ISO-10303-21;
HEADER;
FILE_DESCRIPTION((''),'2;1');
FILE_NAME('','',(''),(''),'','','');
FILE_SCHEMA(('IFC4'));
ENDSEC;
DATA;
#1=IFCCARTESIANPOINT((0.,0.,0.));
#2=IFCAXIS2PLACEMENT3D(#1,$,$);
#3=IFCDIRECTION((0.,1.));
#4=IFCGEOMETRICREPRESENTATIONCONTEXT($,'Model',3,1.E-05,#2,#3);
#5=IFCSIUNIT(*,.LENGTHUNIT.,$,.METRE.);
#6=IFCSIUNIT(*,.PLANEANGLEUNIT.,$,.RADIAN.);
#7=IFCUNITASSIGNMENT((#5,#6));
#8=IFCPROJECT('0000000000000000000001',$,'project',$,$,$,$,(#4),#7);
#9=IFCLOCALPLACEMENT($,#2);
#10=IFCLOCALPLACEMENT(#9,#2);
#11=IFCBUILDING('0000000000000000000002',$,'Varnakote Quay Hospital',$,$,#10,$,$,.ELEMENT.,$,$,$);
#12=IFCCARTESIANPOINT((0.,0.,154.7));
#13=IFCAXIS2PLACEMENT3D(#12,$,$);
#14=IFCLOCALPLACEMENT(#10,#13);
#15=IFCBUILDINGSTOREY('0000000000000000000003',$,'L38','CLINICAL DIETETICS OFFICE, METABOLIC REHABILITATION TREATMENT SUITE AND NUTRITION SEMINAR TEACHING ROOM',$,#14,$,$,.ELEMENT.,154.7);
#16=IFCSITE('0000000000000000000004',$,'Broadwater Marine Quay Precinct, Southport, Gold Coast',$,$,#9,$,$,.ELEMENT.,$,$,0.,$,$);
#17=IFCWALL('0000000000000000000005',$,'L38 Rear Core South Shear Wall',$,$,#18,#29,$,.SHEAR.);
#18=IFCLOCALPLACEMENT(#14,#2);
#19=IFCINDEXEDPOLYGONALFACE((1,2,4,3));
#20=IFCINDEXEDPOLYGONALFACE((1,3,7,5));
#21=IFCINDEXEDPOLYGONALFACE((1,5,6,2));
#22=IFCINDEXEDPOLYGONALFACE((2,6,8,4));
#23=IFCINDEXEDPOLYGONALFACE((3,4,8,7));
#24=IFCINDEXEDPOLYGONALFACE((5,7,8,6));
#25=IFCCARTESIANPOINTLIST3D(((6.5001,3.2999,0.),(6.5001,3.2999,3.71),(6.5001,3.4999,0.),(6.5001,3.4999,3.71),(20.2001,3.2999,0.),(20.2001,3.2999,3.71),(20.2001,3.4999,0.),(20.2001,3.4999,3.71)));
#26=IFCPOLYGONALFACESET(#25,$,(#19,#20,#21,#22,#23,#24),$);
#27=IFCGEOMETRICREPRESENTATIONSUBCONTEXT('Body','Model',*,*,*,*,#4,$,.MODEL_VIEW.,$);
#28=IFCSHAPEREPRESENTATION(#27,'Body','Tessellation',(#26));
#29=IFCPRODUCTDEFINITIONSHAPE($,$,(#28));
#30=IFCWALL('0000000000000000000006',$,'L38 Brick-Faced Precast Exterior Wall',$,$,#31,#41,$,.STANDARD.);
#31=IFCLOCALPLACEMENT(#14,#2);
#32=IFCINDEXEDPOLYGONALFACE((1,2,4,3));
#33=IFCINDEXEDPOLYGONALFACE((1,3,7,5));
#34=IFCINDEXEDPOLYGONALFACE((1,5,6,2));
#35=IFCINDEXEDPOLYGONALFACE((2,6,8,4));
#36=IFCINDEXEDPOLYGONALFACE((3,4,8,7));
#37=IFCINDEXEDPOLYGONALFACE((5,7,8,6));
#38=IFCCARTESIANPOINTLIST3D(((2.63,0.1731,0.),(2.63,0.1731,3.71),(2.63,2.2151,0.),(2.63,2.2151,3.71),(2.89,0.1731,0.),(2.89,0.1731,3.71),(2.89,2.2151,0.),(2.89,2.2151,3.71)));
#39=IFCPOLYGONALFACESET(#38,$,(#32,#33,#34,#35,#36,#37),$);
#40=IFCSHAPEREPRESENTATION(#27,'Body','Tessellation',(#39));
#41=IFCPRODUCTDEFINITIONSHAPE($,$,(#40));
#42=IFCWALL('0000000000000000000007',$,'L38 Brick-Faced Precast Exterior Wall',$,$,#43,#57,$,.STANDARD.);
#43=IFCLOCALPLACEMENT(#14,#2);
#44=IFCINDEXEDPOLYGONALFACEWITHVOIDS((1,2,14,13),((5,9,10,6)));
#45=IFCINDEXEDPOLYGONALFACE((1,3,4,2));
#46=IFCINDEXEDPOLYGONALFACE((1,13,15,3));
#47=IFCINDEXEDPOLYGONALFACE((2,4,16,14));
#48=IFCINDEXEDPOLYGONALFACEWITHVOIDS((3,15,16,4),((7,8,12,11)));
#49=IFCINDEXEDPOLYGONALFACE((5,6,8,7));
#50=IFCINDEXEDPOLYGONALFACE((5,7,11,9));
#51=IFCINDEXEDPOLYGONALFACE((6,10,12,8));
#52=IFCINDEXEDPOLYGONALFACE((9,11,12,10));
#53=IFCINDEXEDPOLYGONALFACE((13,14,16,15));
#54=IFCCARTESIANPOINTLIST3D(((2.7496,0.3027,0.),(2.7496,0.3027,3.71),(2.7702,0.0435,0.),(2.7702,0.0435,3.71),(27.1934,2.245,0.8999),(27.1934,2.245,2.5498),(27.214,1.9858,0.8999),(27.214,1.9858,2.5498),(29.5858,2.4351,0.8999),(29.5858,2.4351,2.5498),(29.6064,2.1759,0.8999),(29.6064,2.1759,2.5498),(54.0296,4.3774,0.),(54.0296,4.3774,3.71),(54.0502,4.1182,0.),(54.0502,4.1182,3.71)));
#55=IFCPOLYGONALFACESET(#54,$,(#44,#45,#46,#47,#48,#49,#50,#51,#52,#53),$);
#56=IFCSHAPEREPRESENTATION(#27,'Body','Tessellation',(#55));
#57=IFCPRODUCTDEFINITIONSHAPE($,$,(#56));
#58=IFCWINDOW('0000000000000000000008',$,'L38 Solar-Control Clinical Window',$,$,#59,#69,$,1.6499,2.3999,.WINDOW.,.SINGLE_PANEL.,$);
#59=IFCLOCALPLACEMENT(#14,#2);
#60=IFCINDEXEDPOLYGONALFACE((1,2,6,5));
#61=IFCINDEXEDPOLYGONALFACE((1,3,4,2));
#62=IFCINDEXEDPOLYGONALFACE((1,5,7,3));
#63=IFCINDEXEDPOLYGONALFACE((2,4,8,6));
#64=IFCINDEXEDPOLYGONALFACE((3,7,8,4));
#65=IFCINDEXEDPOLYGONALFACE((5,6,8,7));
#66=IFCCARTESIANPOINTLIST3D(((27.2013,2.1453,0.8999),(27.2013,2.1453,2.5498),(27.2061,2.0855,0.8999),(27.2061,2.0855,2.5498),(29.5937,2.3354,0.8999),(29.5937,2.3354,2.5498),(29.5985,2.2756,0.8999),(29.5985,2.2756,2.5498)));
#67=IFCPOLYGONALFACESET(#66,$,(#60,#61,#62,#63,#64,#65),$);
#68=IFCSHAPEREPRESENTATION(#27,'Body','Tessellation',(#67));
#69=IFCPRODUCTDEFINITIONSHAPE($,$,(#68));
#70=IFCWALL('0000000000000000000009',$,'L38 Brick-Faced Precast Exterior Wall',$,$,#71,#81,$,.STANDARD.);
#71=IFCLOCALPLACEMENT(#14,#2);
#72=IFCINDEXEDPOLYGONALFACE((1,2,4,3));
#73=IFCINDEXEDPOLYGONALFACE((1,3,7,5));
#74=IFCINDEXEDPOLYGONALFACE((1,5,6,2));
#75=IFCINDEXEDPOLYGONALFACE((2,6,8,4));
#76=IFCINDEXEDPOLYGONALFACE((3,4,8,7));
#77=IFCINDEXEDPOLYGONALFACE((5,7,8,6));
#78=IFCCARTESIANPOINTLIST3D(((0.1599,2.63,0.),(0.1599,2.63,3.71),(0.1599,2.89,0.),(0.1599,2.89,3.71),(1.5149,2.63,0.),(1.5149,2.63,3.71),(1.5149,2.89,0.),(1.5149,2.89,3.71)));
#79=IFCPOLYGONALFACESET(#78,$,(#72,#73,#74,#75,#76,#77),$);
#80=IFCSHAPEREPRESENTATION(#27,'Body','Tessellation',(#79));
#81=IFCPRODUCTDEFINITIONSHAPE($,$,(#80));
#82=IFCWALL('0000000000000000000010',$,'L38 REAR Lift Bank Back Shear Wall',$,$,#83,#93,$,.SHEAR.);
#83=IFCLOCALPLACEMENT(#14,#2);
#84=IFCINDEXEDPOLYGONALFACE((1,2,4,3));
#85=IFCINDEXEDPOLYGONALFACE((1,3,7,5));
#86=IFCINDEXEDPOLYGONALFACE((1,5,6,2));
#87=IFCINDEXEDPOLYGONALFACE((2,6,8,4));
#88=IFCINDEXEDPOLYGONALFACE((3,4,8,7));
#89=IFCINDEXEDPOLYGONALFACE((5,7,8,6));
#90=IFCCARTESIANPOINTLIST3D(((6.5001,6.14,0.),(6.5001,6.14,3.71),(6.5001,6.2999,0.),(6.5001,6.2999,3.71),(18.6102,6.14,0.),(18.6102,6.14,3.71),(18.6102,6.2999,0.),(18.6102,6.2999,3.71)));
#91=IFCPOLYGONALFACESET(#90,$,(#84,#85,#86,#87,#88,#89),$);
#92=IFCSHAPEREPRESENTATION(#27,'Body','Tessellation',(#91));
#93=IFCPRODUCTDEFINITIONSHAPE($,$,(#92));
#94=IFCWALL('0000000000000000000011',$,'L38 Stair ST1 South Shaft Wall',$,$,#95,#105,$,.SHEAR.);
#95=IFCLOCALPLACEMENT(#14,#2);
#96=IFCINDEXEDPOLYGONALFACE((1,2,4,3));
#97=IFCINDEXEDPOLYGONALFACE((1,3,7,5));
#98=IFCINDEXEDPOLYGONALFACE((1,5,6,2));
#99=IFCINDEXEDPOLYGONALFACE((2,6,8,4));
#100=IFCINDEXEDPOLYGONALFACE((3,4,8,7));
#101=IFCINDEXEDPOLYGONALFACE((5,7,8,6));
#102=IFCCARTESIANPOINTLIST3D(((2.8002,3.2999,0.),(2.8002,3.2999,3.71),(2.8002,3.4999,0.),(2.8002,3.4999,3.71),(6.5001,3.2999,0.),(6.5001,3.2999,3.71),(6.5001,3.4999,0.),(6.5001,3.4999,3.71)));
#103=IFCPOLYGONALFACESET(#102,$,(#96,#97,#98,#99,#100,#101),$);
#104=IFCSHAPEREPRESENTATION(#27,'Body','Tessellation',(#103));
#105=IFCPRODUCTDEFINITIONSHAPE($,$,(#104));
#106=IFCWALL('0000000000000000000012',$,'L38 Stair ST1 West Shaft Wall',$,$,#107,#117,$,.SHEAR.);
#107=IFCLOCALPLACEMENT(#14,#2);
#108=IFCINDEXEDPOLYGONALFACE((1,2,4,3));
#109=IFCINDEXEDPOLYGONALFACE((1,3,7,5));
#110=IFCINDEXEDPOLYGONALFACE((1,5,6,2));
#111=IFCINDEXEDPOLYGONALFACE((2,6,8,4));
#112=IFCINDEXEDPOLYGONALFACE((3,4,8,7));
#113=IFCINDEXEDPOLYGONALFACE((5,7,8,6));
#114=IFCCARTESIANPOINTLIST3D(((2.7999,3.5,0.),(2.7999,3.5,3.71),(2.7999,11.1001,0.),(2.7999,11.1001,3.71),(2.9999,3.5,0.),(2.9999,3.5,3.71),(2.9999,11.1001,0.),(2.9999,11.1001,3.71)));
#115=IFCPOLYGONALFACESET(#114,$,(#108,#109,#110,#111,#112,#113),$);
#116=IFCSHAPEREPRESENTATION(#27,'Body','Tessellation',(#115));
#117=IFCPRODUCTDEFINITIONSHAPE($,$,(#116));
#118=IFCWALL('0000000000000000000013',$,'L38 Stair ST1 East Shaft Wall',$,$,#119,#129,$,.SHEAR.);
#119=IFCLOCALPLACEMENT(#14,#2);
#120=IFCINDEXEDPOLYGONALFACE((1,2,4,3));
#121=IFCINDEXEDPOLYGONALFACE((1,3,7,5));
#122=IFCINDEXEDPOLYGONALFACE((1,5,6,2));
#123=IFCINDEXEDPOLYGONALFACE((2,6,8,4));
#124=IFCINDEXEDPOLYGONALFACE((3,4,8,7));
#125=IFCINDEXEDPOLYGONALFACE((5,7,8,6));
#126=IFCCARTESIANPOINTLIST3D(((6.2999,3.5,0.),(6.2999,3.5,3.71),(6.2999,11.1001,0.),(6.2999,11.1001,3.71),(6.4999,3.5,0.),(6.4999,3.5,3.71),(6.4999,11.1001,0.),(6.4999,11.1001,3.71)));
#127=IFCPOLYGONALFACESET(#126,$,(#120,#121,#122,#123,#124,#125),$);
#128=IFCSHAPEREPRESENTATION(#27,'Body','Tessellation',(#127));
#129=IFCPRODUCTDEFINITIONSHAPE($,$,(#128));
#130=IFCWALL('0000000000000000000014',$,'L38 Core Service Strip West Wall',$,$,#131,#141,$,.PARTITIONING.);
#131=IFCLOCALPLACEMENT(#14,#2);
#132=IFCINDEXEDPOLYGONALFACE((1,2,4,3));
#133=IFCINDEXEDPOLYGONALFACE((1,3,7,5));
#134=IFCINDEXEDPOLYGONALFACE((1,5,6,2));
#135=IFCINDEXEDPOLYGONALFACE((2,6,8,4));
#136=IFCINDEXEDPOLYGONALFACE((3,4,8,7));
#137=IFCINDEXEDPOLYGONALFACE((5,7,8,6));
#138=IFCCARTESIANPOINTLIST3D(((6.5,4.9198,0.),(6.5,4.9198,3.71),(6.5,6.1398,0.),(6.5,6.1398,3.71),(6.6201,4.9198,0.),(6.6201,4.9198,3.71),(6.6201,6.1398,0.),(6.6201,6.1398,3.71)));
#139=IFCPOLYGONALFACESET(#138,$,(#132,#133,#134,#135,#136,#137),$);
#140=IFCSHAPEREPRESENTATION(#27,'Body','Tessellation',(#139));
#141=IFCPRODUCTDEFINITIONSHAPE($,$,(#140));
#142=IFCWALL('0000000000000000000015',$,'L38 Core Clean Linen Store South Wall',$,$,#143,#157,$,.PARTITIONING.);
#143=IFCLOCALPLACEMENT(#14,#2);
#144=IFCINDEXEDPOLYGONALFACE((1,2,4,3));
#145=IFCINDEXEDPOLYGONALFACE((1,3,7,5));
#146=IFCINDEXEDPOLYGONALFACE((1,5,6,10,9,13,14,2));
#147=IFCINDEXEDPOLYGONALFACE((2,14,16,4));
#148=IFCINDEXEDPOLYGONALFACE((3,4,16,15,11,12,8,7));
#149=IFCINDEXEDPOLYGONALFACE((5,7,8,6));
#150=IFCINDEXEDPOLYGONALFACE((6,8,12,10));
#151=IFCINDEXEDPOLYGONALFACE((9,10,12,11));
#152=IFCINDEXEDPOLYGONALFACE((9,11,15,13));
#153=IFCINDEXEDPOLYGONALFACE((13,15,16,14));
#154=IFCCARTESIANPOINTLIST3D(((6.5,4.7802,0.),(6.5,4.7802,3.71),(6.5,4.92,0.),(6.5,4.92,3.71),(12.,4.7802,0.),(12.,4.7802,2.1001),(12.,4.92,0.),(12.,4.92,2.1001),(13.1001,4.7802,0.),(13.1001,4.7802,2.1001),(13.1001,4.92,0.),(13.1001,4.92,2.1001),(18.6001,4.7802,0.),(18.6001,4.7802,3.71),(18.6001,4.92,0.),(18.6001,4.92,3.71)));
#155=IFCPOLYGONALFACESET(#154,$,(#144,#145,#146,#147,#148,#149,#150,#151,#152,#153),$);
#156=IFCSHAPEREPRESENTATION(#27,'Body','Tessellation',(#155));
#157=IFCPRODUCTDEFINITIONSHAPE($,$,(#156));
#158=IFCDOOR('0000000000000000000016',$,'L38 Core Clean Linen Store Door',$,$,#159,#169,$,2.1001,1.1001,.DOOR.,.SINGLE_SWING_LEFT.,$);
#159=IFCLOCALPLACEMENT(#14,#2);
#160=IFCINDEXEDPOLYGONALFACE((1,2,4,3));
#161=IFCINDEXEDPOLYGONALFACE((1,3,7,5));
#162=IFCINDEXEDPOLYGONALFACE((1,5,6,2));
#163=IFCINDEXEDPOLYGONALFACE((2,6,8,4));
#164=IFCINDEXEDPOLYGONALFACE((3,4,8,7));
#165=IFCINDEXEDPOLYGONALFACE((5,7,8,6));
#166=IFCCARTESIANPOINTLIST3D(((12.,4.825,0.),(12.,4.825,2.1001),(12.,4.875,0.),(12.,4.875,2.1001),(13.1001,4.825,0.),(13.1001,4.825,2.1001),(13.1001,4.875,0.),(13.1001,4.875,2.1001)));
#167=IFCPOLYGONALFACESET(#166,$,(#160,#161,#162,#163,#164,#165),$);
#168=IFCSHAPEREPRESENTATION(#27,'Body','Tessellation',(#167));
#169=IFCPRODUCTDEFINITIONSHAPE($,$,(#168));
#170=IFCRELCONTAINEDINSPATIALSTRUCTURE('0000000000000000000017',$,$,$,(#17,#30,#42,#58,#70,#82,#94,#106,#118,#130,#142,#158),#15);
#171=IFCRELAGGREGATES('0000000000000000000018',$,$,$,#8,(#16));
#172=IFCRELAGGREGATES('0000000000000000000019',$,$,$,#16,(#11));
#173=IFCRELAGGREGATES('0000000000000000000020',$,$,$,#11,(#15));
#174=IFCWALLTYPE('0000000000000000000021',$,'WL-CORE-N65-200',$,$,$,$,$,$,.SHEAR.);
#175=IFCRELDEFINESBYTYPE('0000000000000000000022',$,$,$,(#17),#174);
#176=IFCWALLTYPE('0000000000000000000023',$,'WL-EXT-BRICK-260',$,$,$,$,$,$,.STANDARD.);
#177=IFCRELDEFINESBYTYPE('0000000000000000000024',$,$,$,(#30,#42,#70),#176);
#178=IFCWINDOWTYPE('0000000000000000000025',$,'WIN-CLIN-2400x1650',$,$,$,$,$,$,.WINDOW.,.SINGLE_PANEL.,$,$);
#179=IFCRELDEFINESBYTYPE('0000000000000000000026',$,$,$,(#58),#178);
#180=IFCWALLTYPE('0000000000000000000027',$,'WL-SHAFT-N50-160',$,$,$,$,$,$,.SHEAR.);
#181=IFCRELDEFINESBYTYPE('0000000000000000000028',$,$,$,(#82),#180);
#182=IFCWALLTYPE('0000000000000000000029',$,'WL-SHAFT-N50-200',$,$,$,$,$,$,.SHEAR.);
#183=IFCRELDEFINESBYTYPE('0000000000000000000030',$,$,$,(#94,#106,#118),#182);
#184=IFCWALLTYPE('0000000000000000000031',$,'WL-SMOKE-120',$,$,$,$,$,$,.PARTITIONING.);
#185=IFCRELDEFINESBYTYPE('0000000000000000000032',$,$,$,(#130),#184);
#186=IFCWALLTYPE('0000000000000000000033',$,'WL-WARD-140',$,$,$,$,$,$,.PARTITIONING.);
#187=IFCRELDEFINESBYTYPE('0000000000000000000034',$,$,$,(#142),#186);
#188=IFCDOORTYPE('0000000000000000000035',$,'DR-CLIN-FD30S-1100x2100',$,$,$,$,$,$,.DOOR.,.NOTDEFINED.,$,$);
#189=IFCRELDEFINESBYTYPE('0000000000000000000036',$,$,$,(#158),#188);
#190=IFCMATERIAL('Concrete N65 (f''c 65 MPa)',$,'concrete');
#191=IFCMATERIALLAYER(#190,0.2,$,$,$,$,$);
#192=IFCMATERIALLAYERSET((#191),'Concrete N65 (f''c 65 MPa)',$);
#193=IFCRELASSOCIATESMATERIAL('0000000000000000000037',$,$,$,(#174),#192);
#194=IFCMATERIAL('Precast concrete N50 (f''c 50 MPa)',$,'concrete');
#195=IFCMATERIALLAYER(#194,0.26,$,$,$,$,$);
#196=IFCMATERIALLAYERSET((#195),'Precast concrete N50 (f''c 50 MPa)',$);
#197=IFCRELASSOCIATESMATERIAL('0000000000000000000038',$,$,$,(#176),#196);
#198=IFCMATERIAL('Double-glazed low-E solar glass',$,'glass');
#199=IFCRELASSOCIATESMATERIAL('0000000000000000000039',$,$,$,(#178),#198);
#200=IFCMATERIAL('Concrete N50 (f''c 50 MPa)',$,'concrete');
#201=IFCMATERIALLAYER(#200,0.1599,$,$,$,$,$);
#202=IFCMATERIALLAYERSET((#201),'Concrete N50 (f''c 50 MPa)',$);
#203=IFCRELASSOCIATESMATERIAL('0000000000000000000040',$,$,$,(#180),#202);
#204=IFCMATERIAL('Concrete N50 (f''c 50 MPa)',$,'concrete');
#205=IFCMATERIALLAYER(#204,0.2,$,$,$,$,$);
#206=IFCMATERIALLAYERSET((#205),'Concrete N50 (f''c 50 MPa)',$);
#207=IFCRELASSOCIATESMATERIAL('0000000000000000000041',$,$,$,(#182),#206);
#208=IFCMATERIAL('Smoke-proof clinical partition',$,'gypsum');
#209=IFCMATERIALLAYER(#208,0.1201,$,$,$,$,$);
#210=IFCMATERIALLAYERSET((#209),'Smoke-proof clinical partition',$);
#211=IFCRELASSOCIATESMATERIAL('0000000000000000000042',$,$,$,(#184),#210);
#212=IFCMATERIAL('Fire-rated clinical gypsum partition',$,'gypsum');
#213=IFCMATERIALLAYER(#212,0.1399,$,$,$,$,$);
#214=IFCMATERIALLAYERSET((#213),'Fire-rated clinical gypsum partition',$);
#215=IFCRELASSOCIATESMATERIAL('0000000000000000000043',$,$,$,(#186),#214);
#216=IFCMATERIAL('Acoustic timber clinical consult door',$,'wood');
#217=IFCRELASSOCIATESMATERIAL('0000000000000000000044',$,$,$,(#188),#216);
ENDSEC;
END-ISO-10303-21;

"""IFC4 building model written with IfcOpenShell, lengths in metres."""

from ifc_helpers import new_model, si_unit, direction, frame, frame_2d, origin, place, context, subcontext, project, spatial, rectangle, extrude, material, layer, layer_set, type_object, element, fill, save


model = new_model("IFC4")

# Units and contexts
model_context = context("Model", 3, precision=1e-05, world=origin(), true_north=direction((0.0, 1.0)))
body_context = subcontext(model_context, "Body", "Model", "MODEL_VIEW")
ifc_project = project(units=[si_unit("LENGTHUNIT", "METRE"), si_unit("PLANEANGLEUNIT", "RADIAN")], contexts=[model_context])

# Site, building, storey
site_placement = place(None, origin())
site = spatial("IfcSite", under=ifc_project, at=site_placement, Name="Broadwater Marine Quay Precinct, Southport, Gold Coast", CompositionType="ELEMENT", RefElevation=0.0)
building_placement = place(site_placement, origin())
building = spatial("IfcBuilding", under=site, at=building_placement, Name="Varnakote Quay Hospital", CompositionType="ELEMENT")
storey_placement = place(building_placement, frame((0.0, 0.0, 154.7)))
storey = spatial("IfcBuildingStorey", under=building, at=storey_placement, Name="L38", Description="CLINICAL DIETETICS OFFICE, METABOLIC REHABILITATION TREATMENT SUITE AND NUTRITION SEMINAR TEACHING ROOM", CompositionType="ELEMENT", Elevation=154.7)

# Walls
ifc_material_1 = material(Name="Concrete N65 (f'c 65 MPa)", Category="concrete")
ifc_layer_1 = layer(ifc_material_1, 0.2)
ifc_layer_set_1 = layer_set([ifc_layer_1], Name="Concrete N65 (f'c 65 MPa)")
wall_type_1 = type_object("IfcWallType", Name="WL-CORE-N65-200", PredefinedType="SHEAR", material=ifc_layer_set_1)
wall_1_placement = place(storey_placement, frame((6.5, 3.3999, 0.0), z_axis=(0.0, 0.0, 1.0), x_axis=(1.0, 0.0, 0.0)))
element("IfcWall", 1, at=wall_1_placement, inside=storey, type_object=wall_type_1, Name="L38 Rear Core South Shear Wall", PredefinedType="SHEAR", context=body_context, shape_type="SweptSolid", body=[
    extrude(rectangle(XDim=13.7, YDim=0.2, at=frame_2d((6.8501, 0.0))), origin(), (0.0, 0.0, 1.0), 3.71),
])
ifc_material_2 = material(Name="Precast concrete N50 (f'c 50 MPa)", Category="concrete")
ifc_layer_2 = layer(ifc_material_2, 0.26)
ifc_layer_set_2 = layer_set([ifc_layer_2], Name="Precast concrete N50 (f'c 50 MPa)")
wall_type_2 = type_object("IfcWallType", Name="WL-EXT-BRICK-260", PredefinedType="STANDARD", material=ifc_layer_set_2)
wall_2_placement = place(storey_placement, frame((2.76, 2.2151, 0.0), z_axis=(0.0, 0.0, 1.0), x_axis=(0.0, -1.0, 0.0)))
element("IfcWall", 2, at=wall_2_placement, inside=storey, type_object=wall_type_2, Name="L38 Brick-Faced Precast Exterior Wall", PredefinedType="STANDARD", context=body_context, shape_type="SweptSolid", body=[
    extrude(rectangle(XDim=2.042, YDim=0.26, at=frame_2d((1.021, 0.0))), origin(), (0.0, 0.0, 1.0), 3.71),
])

# Wall, opening, window
wall_3_placement = place(storey_placement, frame((2.76, 0.1731, 0.0), z_axis=(0.0, 0.0, 1.0), x_axis=(0.996858, 0.07921, 0.0)))
wall_3 = element("IfcWall", 3, at=wall_3_placement, inside=storey, type_object=wall_type_2, Name="L38 Brick-Faced Precast Exterior Wall", PredefinedType="STANDARD", context=body_context, shape_type="SweptSolid", body=[
    extrude(rectangle(XDim=51.4417, YDim=0.26, at=frame_2d((25.7207, 0.0))), origin(), (0.0, 0.0, 1.0), 3.71),
])
opening_1_placement = place(wall_3_placement, frame((24.5208, 0.0, 0.8999)))
opening_1 = element("IfcOpeningElement", 4, at=opening_1_placement, cuts=wall_3, PredefinedType="OPENING", context=body_context, shape_type="SweptSolid", body=[
    extrude(rectangle(XDim=2.3999, YDim=1.6499, at=frame_2d((1.2, 0.825))), frame((0.0, 0.1399, 0.0), z_axis=(0.0, -1.0, 0.0), x_axis=(1.0, 0.0, 0.0)), (0.0, 0.0, 1.0), 0.28),
])
ifc_material_3 = material(Name="Double-glazed low-E solar glass", Category="glass")
window_type = type_object("IfcWindowType", Name="WIN-CLIN-2400x1650", PartitioningType="SINGLE_PANEL", PredefinedType="WINDOW", material=ifc_material_3)
window_placement = place(opening_1_placement, origin())
window = element("IfcWindow", 5, at=window_placement, inside=storey, type_object=window_type, Name="L38 Solar-Control Clinical Window", OverallHeight=1.6499, OverallWidth=2.3999, PartitioningType="SINGLE_PANEL", PredefinedType="WINDOW", context=body_context, shape_type="SweptSolid", body=[
    extrude(rectangle(XDim=2.3999, YDim=1.6499, at=frame_2d((1.2, 0.825))), frame((0.0, 0.03, 0.0), z_axis=(0.0, -1.0, 0.0), x_axis=(1.0, 0.0, 0.0)), (0.0, 0.0, 1.0), 0.0601),
])
fill(opening_1, window)

# Walls
wall_4_placement = place(storey_placement, frame((0.1599, 2.76, 0.0), z_axis=(0.0, 0.0, 1.0), x_axis=(1.0, 0.0, 0.0)))
element("IfcWall", 6, at=wall_4_placement, inside=storey, type_object=wall_type_2, Name="L38 Brick-Faced Precast Exterior Wall", PredefinedType="STANDARD", context=body_context, shape_type="SweptSolid", body=[
    extrude(rectangle(XDim=1.355, YDim=0.26, at=frame_2d((0.6775, 0.0))), origin(), (0.0, 0.0, 1.0), 3.71),
])
ifc_material_4 = material(Name="Concrete N50 (f'c 50 MPa)", Category="concrete")
ifc_layer_3 = layer(ifc_material_4, 0.1599)
ifc_layer_set_3 = layer_set([ifc_layer_3], Name="Concrete N50 (f'c 50 MPa)")
wall_type_3 = type_object("IfcWallType", Name="WL-SHAFT-N50-160", PredefinedType="SHEAR", material=ifc_layer_set_3)
wall_5_placement = place(storey_placement, frame((6.5, 6.22, 0.0), z_axis=(0.0, 0.0, 1.0), x_axis=(1.0, 0.0, 0.0)))
element("IfcWall", 7, at=wall_5_placement, inside=storey, type_object=wall_type_3, Name="L38 REAR Lift Bank Back Shear Wall", PredefinedType="SHEAR", context=body_context, shape_type="SweptSolid", body=[
    extrude(rectangle(XDim=12.1101, YDim=0.1599, at=frame_2d((6.0552, 0.0))), origin(), (0.0, 0.0, 1.0), 3.71),
])
ifc_material_5 = material(Name="Concrete N50 (f'c 50 MPa)", Category="concrete")
ifc_layer_4 = layer(ifc_material_5, 0.2)
ifc_layer_set_4 = layer_set([ifc_layer_4], Name="Concrete N50 (f'c 50 MPa)")
wall_type_4 = type_object("IfcWallType", Name="WL-SHAFT-N50-200", PredefinedType="SHEAR", material=ifc_layer_set_4)
wall_6_placement = place(storey_placement, frame((2.8, 3.3999, 0.0), z_axis=(0.0, 0.0, 1.0), x_axis=(1.0, 0.0, 0.0)))
element("IfcWall", 8, at=wall_6_placement, inside=storey, type_object=wall_type_4, Name="L38 Stair ST1 South Shaft Wall", PredefinedType="SHEAR", context=body_context, shape_type="SweptSolid", body=[
    extrude(rectangle(XDim=3.7, YDim=0.2, at=frame_2d((1.8501, 0.0))), origin(), (0.0, 0.0, 1.0), 3.71),
])
for number, where, z_axis, x_axis, name in (
    (9, (2.8999, 3.5, 0.0), (0.0, 0.0, 1.0), (0.0, 1.0, 0.0), "L38 Stair ST1 West Shaft Wall"),
    (10, (6.3999, 3.5, 0.0), (0.0, 0.0, 1.0), (0.0, 1.0, 0.0), "L38 Stair ST1 East Shaft Wall"),
):
    element("IfcWall", number, at=place(storey_placement, frame(where, z_axis=z_axis, x_axis=x_axis)), inside=storey, type_object=wall_type_4, Name=name, PredefinedType="SHEAR", context=body_context, shape_type="SweptSolid", body=[
        extrude(rectangle(XDim=7.6001, YDim=0.2, at=frame_2d((3.8, 0.0))), origin(), (0.0, 0.0, 1.0), 3.71),
    ])
ifc_material_6 = material(Name="Smoke-proof clinical partition", Category="gypsum")
ifc_layer_5 = layer(ifc_material_6, 0.1201)
ifc_layer_set_5 = layer_set([ifc_layer_5], Name="Smoke-proof clinical partition")
wall_type_5 = type_object("IfcWallType", Name="WL-SMOKE-120", PredefinedType="PARTITIONING", material=ifc_layer_set_5)
wall_7_placement = place(storey_placement, frame((6.5601, 4.9199, 0.0), z_axis=(0.0, 0.0, 1.0), x_axis=(0.0, 1.0, 0.0)))
element("IfcWall", 11, at=wall_7_placement, inside=storey, type_object=wall_type_5, Name="L38 Core Service Strip West Wall", PredefinedType="PARTITIONING", context=body_context, shape_type="SweptSolid", body=[
    extrude(rectangle(XDim=1.22, YDim=0.1201, at=frame_2d((0.6099, 0.0))), origin(), (0.0, 0.0, 1.0), 3.71),
])

# Wall, opening, door
ifc_material_7 = material(Name="Fire-rated clinical gypsum partition", Category="gypsum")
ifc_layer_6 = layer(ifc_material_7, 0.1399)
ifc_layer_set_6 = layer_set([ifc_layer_6], Name="Fire-rated clinical gypsum partition")
wall_type_6 = type_object("IfcWallType", Name="WL-WARD-140", PredefinedType="PARTITIONING", material=ifc_layer_set_6)
wall_8_placement = place(storey_placement, frame((6.5, 4.8501, 0.0), z_axis=(0.0, 0.0, 1.0), x_axis=(1.0, 0.0, 0.0)))
wall_8 = element("IfcWall", 12, at=wall_8_placement, inside=storey, type_object=wall_type_6, Name="L38 Core Clean Linen Store South Wall", PredefinedType="PARTITIONING", context=body_context, shape_type="SweptSolid", body=[
    extrude(rectangle(XDim=12.1001, YDim=0.1399, at=frame_2d((6.05, 0.0))), origin(), (0.0, 0.0, 1.0), 3.71),
])
opening_2_placement = place(wall_8_placement, frame((5.5, 0.0, 0.0)))
opening_2 = element("IfcOpeningElement", 13, at=opening_2_placement, cuts=wall_8, PredefinedType="OPENING", context=body_context, shape_type="SweptSolid", body=[
    extrude(rectangle(XDim=1.1001, YDim=2.1001, at=frame_2d((0.55, 1.05))), frame((0.0, 0.0798, 0.0), z_axis=(0.0, -1.0, 0.0), x_axis=(1.0, 0.0, 0.0)), (0.0, 0.0, 1.0), 0.1599),
])
ifc_material_8 = material(Name="Acoustic timber clinical consult door", Category="wood")
door_type = type_object("IfcDoorType", Name="DR-CLIN-FD30S-1100x2100", OperationType="NOTDEFINED", PredefinedType="DOOR", material=ifc_material_8)
door_placement = place(opening_2_placement, origin())
door = element("IfcDoor", 14, at=door_placement, inside=storey, type_object=door_type, Name="L38 Core Clean Linen Store Door", OperationType="SINGLE_SWING_LEFT", OverallHeight=2.1001, OverallWidth=1.1001, PredefinedType="DOOR", context=body_context, shape_type="SweptSolid", body=[
    extrude(rectangle(XDim=1.1001, YDim=2.1001, at=frame_2d((0.55, 1.05))), frame((0.0, 0.0249, 0.0), z_axis=(0.0, -1.0, 0.0), x_axis=(1.0, 0.0, 0.0)), (0.0, 0.0, 1.0), 0.05),
])
fill(opening_2, door)

save(model, "model.ifc")
